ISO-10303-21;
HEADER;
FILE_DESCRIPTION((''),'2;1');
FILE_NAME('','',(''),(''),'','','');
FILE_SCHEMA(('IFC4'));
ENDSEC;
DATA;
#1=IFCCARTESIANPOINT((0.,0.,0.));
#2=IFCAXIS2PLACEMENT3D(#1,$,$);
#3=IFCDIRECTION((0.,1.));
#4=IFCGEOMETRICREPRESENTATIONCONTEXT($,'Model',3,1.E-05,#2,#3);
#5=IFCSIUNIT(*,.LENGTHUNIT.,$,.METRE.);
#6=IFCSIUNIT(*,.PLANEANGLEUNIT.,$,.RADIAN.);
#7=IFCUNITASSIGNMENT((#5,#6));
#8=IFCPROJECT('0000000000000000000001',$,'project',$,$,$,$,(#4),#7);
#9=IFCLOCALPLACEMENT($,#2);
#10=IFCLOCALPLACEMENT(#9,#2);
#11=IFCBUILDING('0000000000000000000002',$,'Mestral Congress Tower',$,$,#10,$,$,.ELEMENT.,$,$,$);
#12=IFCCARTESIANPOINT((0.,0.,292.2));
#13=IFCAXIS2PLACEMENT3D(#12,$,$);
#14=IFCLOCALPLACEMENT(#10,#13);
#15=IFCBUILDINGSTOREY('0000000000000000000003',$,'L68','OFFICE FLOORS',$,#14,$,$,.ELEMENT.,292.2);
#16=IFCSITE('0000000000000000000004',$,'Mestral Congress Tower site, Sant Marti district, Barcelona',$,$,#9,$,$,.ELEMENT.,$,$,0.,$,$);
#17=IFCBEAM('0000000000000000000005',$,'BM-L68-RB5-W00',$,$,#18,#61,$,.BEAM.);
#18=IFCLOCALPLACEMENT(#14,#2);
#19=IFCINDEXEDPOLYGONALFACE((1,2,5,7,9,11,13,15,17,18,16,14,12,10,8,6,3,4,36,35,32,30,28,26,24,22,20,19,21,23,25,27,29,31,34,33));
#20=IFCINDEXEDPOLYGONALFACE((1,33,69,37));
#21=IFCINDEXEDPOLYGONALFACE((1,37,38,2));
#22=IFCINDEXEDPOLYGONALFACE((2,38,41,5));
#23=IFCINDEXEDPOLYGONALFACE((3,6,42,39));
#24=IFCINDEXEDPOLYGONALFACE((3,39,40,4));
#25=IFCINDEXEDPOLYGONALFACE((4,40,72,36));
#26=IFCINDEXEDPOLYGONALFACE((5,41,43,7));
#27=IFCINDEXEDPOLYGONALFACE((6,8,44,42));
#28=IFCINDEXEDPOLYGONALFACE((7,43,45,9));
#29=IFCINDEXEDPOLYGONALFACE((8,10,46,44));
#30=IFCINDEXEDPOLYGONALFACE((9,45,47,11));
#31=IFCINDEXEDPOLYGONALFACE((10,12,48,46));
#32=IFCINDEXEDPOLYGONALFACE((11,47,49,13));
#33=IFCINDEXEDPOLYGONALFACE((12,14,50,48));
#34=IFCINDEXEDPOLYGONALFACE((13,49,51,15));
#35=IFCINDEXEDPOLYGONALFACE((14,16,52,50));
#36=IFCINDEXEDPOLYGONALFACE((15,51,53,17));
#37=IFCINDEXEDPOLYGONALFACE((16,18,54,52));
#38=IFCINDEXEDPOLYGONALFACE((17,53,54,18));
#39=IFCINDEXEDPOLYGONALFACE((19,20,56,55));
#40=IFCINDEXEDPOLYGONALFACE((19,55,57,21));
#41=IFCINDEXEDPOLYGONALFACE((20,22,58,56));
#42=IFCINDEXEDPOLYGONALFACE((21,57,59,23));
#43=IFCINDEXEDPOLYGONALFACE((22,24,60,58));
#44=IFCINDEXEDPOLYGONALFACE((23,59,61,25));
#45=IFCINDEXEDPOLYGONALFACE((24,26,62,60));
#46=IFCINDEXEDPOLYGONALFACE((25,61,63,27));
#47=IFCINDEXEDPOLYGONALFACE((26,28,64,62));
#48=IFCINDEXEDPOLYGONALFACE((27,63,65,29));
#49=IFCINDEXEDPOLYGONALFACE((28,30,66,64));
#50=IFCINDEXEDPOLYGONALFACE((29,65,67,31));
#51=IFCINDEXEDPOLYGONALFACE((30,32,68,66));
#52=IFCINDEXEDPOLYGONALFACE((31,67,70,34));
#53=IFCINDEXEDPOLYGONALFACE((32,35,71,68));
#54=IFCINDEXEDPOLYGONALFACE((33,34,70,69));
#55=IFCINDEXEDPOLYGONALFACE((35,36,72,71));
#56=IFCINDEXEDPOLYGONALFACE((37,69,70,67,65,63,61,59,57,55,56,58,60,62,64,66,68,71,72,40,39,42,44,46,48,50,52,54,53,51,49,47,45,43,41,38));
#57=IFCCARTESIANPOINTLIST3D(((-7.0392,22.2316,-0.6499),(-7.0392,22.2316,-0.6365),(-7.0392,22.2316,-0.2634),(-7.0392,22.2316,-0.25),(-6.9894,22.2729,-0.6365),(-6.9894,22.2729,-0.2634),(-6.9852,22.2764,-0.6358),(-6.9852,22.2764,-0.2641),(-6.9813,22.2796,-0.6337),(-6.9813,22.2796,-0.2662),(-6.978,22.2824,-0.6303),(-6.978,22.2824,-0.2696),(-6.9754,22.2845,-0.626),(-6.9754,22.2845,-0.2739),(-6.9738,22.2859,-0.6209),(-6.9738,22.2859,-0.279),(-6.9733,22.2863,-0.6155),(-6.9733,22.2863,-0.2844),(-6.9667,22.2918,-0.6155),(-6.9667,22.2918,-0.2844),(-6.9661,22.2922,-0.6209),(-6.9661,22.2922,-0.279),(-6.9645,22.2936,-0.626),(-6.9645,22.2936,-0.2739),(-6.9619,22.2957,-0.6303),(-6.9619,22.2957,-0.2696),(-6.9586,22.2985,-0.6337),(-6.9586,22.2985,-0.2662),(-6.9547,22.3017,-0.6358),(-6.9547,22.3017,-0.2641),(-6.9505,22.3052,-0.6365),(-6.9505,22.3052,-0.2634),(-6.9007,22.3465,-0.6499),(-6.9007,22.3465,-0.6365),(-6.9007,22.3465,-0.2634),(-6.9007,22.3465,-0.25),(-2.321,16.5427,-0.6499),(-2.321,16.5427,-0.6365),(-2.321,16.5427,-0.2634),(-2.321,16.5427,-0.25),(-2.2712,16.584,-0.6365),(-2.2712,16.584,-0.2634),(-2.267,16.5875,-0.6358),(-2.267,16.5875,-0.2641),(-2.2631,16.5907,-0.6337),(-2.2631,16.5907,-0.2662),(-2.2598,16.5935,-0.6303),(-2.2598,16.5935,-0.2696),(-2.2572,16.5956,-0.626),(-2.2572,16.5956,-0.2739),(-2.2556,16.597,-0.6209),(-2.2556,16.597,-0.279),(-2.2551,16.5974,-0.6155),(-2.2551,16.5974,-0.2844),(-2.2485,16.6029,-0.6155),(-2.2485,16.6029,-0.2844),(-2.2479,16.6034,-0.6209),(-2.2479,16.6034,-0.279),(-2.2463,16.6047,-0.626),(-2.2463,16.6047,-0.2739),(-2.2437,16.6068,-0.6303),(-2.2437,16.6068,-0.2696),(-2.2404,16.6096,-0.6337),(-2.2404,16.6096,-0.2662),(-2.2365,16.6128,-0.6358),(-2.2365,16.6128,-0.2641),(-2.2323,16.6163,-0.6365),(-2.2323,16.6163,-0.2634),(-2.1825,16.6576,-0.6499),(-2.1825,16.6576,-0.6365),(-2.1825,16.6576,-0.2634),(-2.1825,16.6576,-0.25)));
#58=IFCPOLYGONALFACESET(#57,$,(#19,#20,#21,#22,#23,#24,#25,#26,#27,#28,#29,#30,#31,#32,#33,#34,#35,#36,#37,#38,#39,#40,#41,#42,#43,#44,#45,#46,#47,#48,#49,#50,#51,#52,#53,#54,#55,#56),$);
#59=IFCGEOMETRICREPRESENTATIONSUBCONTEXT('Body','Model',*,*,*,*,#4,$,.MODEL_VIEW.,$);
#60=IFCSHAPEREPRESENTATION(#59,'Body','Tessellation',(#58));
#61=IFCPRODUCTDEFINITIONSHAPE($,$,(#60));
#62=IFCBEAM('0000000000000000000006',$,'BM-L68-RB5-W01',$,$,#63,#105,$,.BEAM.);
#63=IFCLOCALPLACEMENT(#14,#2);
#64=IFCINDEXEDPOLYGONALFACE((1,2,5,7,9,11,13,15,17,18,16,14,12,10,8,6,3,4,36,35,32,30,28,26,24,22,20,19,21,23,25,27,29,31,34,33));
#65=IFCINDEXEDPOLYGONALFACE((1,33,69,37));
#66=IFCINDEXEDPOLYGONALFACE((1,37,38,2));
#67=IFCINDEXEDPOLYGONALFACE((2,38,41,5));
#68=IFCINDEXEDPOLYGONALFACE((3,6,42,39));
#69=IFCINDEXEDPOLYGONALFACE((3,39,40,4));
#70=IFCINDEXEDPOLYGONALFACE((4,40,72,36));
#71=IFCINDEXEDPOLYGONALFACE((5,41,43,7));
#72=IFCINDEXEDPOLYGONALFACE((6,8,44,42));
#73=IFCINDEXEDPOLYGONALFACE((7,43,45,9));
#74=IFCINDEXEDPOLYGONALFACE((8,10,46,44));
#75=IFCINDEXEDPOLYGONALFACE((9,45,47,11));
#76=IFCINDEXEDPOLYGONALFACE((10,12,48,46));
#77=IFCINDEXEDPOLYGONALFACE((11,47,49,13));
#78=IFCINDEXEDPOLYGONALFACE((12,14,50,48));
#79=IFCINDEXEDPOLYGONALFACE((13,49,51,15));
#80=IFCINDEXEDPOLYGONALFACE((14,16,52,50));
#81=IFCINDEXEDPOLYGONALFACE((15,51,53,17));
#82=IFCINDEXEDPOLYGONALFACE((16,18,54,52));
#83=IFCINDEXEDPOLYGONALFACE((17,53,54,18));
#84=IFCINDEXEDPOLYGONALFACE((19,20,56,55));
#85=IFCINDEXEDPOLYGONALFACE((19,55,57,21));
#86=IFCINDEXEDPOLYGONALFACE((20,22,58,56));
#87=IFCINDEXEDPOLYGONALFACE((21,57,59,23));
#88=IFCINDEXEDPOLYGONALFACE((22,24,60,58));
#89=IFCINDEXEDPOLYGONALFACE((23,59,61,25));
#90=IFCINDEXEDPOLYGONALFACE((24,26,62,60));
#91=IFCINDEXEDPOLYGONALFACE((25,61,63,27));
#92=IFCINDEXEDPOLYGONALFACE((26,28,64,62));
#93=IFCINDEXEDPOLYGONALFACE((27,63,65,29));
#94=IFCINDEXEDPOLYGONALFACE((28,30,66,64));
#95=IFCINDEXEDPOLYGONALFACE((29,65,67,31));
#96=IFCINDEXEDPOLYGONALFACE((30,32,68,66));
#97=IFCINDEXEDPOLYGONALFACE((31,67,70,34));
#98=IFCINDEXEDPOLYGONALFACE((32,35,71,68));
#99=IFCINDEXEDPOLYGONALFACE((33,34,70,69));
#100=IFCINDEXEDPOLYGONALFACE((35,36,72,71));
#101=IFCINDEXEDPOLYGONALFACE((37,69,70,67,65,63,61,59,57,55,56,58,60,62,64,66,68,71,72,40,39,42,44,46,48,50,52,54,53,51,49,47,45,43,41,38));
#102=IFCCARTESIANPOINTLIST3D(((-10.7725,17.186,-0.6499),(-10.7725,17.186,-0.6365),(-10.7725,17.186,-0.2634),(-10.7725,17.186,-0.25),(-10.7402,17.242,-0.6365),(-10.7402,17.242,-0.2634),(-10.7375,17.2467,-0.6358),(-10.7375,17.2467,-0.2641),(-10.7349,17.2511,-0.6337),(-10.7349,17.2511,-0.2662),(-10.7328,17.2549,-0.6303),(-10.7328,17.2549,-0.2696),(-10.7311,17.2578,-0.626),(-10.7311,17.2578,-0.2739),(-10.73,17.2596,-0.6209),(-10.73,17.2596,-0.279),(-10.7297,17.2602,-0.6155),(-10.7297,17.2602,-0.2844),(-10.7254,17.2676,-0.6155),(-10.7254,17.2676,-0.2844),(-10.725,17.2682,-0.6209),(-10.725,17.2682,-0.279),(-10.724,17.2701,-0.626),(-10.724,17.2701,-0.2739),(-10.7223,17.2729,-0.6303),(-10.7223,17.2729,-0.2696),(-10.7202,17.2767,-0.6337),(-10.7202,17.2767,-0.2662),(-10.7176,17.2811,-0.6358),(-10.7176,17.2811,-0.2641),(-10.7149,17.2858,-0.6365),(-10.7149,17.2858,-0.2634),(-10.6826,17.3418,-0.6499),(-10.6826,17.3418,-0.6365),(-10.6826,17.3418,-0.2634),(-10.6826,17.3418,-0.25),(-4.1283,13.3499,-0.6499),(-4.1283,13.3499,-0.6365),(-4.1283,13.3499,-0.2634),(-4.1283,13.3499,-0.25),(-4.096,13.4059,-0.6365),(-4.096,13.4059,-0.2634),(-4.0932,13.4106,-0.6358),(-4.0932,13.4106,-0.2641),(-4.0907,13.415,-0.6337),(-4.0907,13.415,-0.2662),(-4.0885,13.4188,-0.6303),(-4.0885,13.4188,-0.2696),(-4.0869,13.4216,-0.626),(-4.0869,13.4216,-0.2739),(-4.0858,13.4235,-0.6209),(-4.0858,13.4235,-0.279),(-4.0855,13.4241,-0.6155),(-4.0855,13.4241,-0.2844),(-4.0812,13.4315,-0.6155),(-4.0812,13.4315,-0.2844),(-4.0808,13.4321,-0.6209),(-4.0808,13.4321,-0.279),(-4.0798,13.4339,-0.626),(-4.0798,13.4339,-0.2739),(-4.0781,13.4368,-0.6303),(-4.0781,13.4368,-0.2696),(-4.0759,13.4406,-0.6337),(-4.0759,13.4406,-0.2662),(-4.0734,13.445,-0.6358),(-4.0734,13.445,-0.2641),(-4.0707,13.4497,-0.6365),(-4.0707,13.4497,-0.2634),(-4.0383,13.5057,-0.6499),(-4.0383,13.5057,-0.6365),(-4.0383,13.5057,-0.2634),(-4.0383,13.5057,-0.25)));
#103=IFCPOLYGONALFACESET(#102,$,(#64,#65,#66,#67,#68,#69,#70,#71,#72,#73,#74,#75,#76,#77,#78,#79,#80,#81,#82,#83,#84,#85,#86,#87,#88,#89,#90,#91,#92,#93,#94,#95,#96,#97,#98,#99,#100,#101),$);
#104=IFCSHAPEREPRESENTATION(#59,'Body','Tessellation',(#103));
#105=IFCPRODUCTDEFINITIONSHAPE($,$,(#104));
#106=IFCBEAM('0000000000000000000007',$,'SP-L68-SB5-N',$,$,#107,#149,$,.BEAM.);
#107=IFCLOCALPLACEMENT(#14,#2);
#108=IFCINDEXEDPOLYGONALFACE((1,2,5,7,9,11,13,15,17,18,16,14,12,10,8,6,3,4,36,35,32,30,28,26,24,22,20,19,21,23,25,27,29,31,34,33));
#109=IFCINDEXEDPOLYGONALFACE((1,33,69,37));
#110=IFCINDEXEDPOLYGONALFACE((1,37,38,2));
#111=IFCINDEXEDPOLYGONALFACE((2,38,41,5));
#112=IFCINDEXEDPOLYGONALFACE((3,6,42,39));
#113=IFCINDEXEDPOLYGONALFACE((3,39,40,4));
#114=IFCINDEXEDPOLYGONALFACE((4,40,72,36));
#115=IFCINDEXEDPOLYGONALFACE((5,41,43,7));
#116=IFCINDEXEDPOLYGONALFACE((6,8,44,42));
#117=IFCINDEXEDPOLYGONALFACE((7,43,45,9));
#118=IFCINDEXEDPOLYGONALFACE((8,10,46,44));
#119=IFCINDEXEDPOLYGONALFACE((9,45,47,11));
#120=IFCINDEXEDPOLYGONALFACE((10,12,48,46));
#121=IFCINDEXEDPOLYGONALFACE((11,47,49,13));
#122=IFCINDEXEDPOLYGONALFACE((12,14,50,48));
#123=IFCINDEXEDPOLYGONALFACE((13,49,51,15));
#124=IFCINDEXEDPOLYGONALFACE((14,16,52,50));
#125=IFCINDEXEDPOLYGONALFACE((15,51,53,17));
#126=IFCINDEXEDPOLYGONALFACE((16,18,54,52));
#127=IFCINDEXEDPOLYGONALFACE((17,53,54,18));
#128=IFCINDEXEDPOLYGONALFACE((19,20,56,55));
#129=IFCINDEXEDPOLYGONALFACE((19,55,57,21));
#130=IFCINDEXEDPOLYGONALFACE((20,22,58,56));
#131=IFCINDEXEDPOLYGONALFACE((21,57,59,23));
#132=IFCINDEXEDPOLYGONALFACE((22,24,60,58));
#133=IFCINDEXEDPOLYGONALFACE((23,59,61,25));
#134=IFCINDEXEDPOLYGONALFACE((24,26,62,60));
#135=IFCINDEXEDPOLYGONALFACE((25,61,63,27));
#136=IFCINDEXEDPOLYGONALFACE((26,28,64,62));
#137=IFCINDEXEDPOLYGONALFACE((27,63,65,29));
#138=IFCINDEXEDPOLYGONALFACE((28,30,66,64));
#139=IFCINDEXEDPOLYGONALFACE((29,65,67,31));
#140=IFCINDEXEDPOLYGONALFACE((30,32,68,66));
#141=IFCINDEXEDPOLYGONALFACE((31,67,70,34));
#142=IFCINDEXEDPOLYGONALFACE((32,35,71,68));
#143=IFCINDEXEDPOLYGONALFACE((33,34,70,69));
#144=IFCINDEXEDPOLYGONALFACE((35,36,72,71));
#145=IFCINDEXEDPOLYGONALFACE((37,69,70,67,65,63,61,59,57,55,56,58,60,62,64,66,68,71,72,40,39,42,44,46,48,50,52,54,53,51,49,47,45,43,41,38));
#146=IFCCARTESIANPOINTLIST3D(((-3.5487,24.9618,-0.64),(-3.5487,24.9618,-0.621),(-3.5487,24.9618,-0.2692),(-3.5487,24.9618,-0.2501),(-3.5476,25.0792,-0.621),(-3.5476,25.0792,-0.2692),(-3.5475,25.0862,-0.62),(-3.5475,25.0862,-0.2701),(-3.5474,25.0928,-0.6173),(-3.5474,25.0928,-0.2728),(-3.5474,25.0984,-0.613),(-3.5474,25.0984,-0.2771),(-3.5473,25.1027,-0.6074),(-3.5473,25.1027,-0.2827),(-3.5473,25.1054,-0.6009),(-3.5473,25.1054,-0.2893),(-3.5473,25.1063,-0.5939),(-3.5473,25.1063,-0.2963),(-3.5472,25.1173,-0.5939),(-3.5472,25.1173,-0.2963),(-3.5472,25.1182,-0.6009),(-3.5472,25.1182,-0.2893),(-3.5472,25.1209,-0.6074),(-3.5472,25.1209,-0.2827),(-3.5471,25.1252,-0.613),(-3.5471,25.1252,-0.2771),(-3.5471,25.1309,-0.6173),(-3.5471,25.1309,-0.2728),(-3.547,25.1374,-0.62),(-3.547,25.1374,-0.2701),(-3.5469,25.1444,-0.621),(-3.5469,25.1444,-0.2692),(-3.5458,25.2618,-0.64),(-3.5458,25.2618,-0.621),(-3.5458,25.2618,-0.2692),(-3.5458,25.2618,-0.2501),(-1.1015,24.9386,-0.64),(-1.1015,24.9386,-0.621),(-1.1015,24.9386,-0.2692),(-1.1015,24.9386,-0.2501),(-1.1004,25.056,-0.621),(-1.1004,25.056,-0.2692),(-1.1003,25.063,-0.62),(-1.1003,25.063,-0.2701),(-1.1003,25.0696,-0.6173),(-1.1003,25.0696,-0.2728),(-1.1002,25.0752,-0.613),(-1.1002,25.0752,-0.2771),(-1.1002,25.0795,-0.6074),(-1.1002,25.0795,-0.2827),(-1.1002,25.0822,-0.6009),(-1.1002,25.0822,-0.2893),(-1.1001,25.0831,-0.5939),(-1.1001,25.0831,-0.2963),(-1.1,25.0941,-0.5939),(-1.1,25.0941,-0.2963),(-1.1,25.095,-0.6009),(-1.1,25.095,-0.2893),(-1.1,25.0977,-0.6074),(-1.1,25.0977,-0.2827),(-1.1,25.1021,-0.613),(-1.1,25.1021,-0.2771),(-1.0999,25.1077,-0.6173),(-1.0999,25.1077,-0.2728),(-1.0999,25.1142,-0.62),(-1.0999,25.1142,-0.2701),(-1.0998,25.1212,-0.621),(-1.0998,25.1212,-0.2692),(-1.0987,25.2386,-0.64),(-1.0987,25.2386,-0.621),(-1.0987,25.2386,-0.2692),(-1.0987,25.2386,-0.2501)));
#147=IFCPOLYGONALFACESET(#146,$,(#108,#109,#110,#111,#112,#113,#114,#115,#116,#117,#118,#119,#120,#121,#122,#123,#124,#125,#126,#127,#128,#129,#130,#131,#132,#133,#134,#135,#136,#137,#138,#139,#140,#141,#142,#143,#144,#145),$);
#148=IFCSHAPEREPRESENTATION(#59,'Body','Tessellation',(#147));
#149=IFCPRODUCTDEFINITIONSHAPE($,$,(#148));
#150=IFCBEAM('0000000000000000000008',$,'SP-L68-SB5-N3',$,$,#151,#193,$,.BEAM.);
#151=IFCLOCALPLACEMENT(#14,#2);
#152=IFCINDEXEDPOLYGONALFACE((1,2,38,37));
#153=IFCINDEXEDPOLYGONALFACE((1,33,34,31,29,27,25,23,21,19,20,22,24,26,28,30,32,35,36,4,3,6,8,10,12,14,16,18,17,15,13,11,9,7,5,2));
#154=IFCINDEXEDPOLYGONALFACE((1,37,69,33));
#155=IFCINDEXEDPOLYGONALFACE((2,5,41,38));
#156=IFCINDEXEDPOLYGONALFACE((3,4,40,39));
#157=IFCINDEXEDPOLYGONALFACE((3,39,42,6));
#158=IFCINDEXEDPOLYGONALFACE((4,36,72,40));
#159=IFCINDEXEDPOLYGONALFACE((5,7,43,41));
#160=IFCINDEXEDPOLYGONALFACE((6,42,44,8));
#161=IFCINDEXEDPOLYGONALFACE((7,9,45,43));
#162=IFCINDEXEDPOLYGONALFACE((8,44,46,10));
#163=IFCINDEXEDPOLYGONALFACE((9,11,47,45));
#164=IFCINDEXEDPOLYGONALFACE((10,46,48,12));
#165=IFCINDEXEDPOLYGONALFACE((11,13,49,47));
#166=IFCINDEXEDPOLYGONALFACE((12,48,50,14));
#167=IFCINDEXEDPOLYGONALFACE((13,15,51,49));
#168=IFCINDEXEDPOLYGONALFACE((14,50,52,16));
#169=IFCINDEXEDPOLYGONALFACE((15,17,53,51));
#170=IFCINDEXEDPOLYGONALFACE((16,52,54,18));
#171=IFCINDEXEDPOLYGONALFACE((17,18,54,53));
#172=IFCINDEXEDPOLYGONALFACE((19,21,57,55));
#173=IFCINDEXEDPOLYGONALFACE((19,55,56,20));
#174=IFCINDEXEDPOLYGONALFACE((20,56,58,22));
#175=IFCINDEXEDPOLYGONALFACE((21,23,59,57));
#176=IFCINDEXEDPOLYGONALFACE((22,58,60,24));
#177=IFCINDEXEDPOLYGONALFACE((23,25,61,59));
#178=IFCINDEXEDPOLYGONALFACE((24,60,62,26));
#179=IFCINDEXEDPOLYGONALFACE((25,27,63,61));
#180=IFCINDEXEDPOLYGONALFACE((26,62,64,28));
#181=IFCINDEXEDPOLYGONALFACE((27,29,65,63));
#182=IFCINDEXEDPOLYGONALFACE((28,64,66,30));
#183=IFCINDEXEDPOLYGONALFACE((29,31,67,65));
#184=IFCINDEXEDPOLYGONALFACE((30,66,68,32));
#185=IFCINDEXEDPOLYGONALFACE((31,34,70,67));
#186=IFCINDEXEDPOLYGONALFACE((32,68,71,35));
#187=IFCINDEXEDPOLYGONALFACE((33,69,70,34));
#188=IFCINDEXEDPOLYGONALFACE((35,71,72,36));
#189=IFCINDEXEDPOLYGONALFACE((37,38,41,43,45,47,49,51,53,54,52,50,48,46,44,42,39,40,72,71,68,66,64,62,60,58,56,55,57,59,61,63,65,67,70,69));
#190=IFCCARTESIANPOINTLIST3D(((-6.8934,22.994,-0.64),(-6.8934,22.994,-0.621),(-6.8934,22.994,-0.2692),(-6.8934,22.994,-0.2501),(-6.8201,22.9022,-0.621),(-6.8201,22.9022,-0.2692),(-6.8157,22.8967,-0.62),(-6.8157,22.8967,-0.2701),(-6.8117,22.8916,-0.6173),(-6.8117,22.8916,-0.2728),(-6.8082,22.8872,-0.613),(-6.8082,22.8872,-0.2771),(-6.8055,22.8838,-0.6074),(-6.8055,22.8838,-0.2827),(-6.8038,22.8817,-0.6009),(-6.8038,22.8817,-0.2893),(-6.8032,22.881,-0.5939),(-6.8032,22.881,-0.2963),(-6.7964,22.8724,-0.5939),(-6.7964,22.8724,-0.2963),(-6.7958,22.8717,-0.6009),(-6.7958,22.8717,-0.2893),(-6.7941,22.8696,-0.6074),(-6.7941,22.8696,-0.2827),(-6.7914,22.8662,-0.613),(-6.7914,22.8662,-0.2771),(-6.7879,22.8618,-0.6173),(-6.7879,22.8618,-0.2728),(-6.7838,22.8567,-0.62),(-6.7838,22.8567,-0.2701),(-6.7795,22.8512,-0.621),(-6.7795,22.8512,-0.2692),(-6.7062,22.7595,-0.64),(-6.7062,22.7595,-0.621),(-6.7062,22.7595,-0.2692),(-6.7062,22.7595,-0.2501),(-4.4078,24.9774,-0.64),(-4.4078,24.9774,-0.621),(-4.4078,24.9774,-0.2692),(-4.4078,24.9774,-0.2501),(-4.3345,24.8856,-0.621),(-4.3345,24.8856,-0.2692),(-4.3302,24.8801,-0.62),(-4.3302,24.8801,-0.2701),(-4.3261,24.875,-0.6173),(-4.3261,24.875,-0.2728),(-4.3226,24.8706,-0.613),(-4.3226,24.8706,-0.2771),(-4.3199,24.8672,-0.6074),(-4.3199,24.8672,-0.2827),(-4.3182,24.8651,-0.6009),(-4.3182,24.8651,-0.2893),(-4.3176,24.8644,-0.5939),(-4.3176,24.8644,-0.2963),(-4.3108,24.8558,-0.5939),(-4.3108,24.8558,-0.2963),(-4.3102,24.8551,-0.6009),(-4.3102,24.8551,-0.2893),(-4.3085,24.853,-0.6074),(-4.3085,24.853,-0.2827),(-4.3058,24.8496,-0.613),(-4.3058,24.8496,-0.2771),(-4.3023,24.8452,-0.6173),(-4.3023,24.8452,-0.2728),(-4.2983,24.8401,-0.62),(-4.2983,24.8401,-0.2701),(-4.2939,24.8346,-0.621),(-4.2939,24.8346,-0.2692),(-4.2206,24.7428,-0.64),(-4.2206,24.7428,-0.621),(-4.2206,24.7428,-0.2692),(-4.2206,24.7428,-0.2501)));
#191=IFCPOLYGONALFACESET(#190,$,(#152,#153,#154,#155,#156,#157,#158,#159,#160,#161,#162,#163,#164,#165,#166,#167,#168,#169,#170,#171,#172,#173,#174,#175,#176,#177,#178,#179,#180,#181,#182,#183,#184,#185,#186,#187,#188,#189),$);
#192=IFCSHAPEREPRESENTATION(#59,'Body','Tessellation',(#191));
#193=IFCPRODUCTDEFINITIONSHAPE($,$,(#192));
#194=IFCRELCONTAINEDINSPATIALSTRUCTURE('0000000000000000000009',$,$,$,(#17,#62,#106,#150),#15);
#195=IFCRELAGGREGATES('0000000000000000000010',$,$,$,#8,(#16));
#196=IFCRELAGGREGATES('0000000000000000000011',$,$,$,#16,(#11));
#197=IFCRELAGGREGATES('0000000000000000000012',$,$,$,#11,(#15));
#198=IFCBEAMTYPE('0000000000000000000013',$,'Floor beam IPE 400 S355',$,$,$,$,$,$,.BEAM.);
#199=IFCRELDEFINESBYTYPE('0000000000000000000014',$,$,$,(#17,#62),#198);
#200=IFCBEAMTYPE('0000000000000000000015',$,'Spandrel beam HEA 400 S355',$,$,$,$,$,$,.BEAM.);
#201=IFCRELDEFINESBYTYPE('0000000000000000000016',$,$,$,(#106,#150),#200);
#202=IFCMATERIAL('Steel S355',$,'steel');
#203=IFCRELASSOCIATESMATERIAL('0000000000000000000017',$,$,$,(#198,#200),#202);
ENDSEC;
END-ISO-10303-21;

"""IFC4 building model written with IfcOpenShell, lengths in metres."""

from ifc_helpers import new_model, si_unit, direction, frame, origin, origin_2d, place, context, subcontext, project, spatial, i_section, extrude, material, material_profile, profile_set, type_object, element, save


model = new_model("IFC4")

# Units and contexts
model_context = context("Model", 3, precision=1e-05, world=origin(), true_north=direction((0.0, 1.0)))
body_context = subcontext(model_context, "Body", "Model", "MODEL_VIEW")
ifc_project = project(units=[si_unit("LENGTHUNIT", "METRE"), si_unit("PLANEANGLEUNIT", "RADIAN")], contexts=[model_context])

# Site, building, storey
site_placement = place(None, origin())
site = spatial("IfcSite", under=ifc_project, at=site_placement, Name="Mestral Congress Tower site, Sant Marti district, Barcelona", CompositionType="ELEMENT", RefElevation=0.0)
building_placement = place(site_placement, origin())
building = spatial("IfcBuilding", under=site, at=building_placement, Name="Mestral Congress Tower", CompositionType="ELEMENT")
storey_placement = place(building_placement, frame((0.0, 0.0, 292.2)))
storey = spatial("IfcBuildingStorey", under=building, at=storey_placement, Name="L68", Description="OFFICE FLOORS", CompositionType="ELEMENT", Elevation=292.2)

# Beams
ifc_material_1 = material(Name="Steel S355", Category="steel")
ifc_material_profile_1 = material_profile(ifc_material_1, i_section(OverallWidth=0.1799, OverallDepth=0.3999, WebThickness=0.0085, FlangeThickness=0.0134, FilletRadius=0.021, at=origin_2d()), Name="IPE 400")
ifc_profile_set_1 = profile_set([ifc_material_profile_1], Name="Steel S355")
beam_type_1 = type_object("IfcBeamType", Name="Floor beam IPE 400 S355", PredefinedType="BEAM", material=ifc_profile_set_1)
beam_1_placement = place(storey_placement, frame((-6.97, 22.2891, -0.45), z_axis=(0.638383, -0.769719, 0.0), x_axis=(0.769719, 0.638383, 0.0)))
element("IfcBeam", 1, at=beam_1_placement, inside=storey, type_object=beam_type_1, Name="BM-L68-RB5-W00", PredefinedType="BEAM", context=body_context, shape_type="SweptSolid", body=[
    extrude(i_section(OverallWidth=0.1799, OverallDepth=0.3999, WebThickness=0.0085, FlangeThickness=0.0134, FilletRadius=0.021, at=origin_2d()), origin(), (0.0, 0.0, 1.0), 7.3909),
])
beam_2_placement = place(storey_placement, frame((-10.7275, 17.2639, -0.45), z_axis=(0.86602, -0.50001, 0.0), x_axis=(0.50001, 0.86602, 0.0)))
element("IfcBeam", 2, at=beam_2_placement, inside=storey, type_object=beam_type_1, Name="BM-L68-RB5-W01", PredefinedType="BEAM", context=body_context, shape_type="SweptSolid", body=[
    extrude(i_section(OverallWidth=0.1799, OverallDepth=0.3999, WebThickness=0.0085, FlangeThickness=0.0134, FilletRadius=0.021, at=origin_2d()), origin(), (0.0, 0.0, 1.0), 7.6721),
])
ifc_material_profile_2 = material_profile(ifc_material_1, i_section(OverallWidth=0.3, OverallDepth=0.3899, WebThickness=0.011, FlangeThickness=0.019, FilletRadius=0.0271, at=origin_2d()), Name="HEA 400")
ifc_profile_set_2 = profile_set([ifc_material_profile_2], Name="Steel S355")
beam_type_2 = type_object("IfcBeamType", Name="Spandrel beam HEA 400 S355", PredefinedType="BEAM", material=ifc_profile_set_2)
beam_3_placement = place(storey_placement, frame((-1.1001, 25.0886, -0.4451), z_axis=(-0.999955, 0.009477, 0.0), x_axis=(-0.009477, -0.999955, 0.0)))
element("IfcBeam", 3, at=beam_3_placement, inside=storey, type_object=beam_type_2, Name="SP-L68-SB5-N", PredefinedType="BEAM", context=body_context, shape_type="SweptSolid", body=[
    extrude(i_section(OverallWidth=0.3, OverallDepth=0.3899, WebThickness=0.011, FlangeThickness=0.019, FilletRadius=0.0271, at=origin_2d()), origin(), (0.0, 0.0, 1.0), 2.4473),
])
beam_4_placement = place(storey_placement, frame((-4.3142, 24.8601, -0.4451), z_axis=(-0.781647, -0.623721, 0.0), x_axis=(0.623721, -0.781647, 0.0)))
element("IfcBeam", 4, at=beam_4_placement, inside=storey, type_object=beam_type_2, Name="SP-L68-SB5-N3", PredefinedType="BEAM", context=body_context, shape_type="SweptSolid", body=[
    extrude(i_section(OverallWidth=0.3, OverallDepth=0.3899, WebThickness=0.011, FlangeThickness=0.019, FilletRadius=0.0271, at=origin_2d()), origin(), (0.0, 0.0, 1.0), 3.1799),
])

save(model, "model.ifc")
